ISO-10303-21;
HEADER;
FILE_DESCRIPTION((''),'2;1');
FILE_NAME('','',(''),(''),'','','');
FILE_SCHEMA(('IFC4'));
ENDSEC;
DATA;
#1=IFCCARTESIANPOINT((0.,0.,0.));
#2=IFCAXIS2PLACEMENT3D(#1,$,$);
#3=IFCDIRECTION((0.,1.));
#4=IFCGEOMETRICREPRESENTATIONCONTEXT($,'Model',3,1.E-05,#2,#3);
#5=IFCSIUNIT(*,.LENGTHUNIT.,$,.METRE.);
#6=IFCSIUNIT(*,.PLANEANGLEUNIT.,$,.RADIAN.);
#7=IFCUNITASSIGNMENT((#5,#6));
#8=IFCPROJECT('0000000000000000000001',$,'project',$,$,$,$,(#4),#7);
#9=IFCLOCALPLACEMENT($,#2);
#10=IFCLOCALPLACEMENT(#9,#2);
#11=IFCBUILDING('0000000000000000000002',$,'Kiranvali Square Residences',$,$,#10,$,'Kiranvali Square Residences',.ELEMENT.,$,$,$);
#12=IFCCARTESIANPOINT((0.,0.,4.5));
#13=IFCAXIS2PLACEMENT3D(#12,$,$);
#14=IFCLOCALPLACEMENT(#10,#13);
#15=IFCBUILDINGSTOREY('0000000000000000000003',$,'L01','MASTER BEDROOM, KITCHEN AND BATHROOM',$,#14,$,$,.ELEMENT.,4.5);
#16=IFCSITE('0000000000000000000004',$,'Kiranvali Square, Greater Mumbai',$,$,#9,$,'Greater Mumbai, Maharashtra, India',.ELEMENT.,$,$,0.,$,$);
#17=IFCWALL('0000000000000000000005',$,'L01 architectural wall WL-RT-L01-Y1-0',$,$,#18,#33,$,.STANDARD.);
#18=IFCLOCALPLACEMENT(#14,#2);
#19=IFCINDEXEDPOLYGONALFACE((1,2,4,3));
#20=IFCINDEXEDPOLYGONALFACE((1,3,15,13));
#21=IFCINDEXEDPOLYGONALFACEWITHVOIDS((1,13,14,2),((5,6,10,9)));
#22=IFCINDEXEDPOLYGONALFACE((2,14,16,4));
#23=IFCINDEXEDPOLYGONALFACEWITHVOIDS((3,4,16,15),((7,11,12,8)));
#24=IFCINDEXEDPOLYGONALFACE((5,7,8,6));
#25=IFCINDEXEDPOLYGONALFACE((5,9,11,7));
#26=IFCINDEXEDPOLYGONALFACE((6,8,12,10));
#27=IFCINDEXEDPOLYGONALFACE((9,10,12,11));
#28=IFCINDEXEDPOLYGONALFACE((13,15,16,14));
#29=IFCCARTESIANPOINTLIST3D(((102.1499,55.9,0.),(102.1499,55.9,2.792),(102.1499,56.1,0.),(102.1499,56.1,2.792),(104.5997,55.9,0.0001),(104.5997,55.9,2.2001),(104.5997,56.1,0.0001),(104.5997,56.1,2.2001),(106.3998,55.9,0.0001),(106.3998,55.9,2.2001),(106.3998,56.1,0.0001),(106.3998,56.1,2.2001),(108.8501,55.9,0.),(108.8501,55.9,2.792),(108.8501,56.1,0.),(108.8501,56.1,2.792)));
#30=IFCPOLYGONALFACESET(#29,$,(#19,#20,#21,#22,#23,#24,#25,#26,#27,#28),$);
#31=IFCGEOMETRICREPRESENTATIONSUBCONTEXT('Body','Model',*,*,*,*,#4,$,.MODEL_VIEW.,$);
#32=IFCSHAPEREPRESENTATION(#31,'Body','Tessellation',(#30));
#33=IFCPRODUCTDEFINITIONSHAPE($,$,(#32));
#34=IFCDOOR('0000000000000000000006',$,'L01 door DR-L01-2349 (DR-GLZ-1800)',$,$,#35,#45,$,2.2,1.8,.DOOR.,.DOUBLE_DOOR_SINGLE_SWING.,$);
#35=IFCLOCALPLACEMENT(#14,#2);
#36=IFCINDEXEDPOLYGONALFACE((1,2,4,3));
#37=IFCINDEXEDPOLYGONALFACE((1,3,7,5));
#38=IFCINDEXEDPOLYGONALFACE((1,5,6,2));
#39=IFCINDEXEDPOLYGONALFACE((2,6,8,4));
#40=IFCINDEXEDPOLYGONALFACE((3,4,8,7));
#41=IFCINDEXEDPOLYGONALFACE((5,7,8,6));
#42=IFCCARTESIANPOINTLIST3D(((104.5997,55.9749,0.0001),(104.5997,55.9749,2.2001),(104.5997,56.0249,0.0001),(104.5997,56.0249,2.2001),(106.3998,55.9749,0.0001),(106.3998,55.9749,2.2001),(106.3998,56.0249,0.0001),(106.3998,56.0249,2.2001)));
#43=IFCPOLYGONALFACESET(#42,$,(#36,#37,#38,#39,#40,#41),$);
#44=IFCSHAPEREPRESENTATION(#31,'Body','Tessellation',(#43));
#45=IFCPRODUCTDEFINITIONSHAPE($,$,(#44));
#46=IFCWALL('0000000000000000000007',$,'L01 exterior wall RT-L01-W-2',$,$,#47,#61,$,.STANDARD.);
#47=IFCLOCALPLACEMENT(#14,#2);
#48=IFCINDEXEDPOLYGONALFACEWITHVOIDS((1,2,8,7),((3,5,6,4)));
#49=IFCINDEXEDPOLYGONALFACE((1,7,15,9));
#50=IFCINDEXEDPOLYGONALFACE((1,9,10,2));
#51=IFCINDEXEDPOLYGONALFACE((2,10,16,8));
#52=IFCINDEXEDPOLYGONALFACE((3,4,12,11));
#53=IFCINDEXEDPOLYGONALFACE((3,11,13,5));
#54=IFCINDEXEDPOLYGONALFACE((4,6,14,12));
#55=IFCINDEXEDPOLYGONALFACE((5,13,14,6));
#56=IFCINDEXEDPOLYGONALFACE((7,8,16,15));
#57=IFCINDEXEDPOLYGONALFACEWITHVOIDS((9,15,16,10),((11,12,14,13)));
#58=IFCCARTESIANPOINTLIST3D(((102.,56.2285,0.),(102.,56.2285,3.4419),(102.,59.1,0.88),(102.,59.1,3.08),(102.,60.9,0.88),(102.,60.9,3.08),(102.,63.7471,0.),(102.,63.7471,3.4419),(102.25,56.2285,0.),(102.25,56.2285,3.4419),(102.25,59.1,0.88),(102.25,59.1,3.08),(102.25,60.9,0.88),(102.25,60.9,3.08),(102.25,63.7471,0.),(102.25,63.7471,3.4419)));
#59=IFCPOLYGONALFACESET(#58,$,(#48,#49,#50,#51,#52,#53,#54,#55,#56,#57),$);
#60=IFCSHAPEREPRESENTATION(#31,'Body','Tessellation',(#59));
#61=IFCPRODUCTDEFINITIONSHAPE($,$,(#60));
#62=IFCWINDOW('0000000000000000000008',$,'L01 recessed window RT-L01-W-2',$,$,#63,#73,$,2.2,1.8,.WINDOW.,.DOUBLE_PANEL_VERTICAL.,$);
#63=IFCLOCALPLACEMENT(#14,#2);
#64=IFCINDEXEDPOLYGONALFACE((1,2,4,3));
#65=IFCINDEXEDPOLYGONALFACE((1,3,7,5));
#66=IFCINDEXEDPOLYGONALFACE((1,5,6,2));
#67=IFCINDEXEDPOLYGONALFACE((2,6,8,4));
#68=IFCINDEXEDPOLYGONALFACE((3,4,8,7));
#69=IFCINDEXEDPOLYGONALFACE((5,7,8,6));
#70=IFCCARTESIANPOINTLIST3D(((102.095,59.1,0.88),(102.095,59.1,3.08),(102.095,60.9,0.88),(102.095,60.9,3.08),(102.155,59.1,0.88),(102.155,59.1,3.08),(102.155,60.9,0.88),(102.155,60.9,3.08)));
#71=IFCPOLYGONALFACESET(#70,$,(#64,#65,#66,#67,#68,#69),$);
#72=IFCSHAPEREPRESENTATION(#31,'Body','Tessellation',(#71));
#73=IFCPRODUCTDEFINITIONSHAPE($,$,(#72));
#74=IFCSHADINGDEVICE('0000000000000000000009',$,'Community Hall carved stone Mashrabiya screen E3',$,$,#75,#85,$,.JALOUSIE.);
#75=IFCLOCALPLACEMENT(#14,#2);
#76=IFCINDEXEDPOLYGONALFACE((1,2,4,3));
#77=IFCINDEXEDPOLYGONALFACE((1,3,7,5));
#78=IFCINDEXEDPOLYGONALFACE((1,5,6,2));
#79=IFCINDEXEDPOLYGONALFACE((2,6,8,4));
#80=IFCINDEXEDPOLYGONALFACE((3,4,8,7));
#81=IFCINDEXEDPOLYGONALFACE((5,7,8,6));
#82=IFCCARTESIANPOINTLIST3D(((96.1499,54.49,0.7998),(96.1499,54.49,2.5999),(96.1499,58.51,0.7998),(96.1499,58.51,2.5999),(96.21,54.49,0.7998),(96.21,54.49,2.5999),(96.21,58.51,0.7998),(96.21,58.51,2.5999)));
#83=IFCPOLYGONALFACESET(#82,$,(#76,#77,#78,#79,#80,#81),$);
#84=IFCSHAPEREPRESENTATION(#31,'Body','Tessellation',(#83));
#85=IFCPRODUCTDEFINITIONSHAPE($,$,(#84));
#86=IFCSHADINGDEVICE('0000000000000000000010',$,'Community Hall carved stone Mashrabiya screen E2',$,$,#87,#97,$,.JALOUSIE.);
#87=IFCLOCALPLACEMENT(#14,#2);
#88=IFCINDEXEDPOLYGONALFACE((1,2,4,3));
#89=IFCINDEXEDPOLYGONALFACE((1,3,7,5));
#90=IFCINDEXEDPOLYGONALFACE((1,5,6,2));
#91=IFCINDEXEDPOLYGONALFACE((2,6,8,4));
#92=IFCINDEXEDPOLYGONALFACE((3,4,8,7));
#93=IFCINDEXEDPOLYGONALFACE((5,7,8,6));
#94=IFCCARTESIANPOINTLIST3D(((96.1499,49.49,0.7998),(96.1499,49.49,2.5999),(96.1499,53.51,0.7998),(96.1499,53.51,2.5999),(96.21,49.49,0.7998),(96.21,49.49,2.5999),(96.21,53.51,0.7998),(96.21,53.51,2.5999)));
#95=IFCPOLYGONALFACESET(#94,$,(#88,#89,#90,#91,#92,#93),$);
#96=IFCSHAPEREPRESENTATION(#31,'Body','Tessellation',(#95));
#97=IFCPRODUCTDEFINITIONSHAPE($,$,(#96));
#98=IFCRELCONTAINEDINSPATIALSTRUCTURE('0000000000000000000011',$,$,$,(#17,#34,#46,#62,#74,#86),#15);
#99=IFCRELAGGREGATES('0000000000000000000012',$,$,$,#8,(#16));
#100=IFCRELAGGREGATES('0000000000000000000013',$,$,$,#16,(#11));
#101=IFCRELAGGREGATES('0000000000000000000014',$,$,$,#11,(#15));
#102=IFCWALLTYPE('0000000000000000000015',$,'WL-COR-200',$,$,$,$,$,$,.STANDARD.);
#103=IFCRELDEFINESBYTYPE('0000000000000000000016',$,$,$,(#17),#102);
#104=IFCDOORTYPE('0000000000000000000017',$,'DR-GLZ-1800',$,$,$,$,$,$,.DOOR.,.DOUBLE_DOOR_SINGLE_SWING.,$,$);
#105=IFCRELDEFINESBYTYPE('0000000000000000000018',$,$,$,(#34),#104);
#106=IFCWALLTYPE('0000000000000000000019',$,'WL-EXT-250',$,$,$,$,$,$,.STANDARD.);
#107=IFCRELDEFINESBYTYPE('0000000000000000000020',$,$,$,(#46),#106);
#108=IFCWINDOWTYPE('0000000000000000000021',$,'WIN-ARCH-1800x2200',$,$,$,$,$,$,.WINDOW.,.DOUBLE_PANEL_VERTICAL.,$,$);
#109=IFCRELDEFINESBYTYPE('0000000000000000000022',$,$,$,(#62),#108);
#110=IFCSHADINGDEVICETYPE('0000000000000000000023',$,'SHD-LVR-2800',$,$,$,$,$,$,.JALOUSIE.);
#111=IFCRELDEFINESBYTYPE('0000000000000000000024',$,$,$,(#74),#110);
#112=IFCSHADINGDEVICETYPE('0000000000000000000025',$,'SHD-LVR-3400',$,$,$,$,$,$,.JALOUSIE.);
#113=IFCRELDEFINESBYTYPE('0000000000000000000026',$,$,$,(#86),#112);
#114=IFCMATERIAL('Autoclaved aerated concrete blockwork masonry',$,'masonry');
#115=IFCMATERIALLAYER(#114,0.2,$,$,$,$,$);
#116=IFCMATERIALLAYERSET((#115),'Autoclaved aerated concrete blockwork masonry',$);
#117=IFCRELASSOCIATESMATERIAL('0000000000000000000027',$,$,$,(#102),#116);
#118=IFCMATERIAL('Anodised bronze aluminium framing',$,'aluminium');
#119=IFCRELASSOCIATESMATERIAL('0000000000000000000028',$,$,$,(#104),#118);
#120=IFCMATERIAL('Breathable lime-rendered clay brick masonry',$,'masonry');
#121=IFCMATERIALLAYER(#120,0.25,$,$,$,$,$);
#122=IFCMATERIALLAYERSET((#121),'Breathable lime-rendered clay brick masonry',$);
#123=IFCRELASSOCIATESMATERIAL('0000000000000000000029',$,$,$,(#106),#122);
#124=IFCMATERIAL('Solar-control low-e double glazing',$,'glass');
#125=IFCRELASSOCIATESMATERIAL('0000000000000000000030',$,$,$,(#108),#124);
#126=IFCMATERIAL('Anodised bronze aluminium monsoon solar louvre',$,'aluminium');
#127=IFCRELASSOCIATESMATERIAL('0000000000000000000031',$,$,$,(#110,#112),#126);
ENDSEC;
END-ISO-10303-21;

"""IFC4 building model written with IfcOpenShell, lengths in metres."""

from ifc_helpers import new_model, si_unit, direction, frame, frame_2d, origin, origin_2d, place, context, subcontext, project, spatial, rectangle, extrude, material, layer, layer_set, type_object, element, fill, save


model = new_model("IFC4")

# Units and contexts
model_context = context("Model", 3, precision=1e-05, world=origin(), true_north=direction((0.0, 1.0)))
body_context = subcontext(model_context, "Body", "Model", "MODEL_VIEW")
ifc_project = project(units=[si_unit("LENGTHUNIT", "METRE"), si_unit("PLANEANGLEUNIT", "RADIAN")], contexts=[model_context])

# Site, building, storey
site_placement = place(None, origin())
site = spatial("IfcSite", under=ifc_project, at=site_placement, Name="Kiranvali Square, Greater Mumbai", LongName="Greater Mumbai, Maharashtra, India", CompositionType="ELEMENT", RefElevation=0.0)
building_placement = place(site_placement, origin())
building = spatial("IfcBuilding", under=site, at=building_placement, Name="Kiranvali Square Residences", LongName="Kiranvali Square Residences", CompositionType="ELEMENT")
storey_placement = place(building_placement, frame((0.0, 0.0, 4.5)))
storey = spatial("IfcBuildingStorey", under=building, at=storey_placement, Name="L01", Description="MASTER BEDROOM, KITCHEN AND BATHROOM", CompositionType="ELEMENT", Elevation=4.5)

# Shared definitions
ifc_material_1 = material(Name="Anodised bronze aluminium framing", Category="aluminium")

# Shared definitions
ifc_material_2 = material(Name="Solar-control low-e double glazing", Category="glass")

# Wall, opening, door
ifc_material_3 = material(Name="Autoclaved aerated concrete blockwork masonry", Category="masonry")
ifc_layer_1 = layer(ifc_material_3, 0.2)
ifc_layer_set_1 = layer_set([ifc_layer_1], Name="Autoclaved aerated concrete blockwork masonry")
wall_type_1 = type_object("IfcWallType", Name="WL-COR-200", PredefinedType="STANDARD", material=ifc_layer_set_1)
wall_1_placement = place(storey_placement, frame((102.1499, 56.0, 0.0), z_axis=(0.0, 0.0, 1.0), x_axis=(1.0, 0.0, 0.0)))
wall_1 = element("IfcWall", 1, at=wall_1_placement, inside=storey, type_object=wall_type_1, Name="L01 architectural wall WL-RT-L01-Y1-0", PredefinedType="STANDARD", context=body_context, shape_type="SweptSolid", body=[
    extrude(rectangle(XDim=6.7002, YDim=0.2, at=frame_2d((3.3501, 0.0))), origin(), (0.0, 0.0, 1.0), 2.792),
])
opening_1_placement = place(wall_1_placement, frame((2.45, 0.0, 0.0)))
opening_1 = element("IfcOpeningElement", 2, at=opening_1_placement, cuts=wall_1, PredefinedType="OPENING", context=body_context, shape_type="SweptSolid", body=[
    extrude(rectangle(XDim=1.8, YDim=2.2, at=frame_2d((0.8999, 1.1001))), frame((0.0, 0.1099, 0.0), z_axis=(0.0, -1.0, 0.0), x_axis=(1.0, 0.0, 0.0)), (0.0, 0.0, 1.0), 0.22),
])
door_type = type_object("IfcDoorType", Name="DR-GLZ-1800", OperationType="DOUBLE_DOOR_SINGLE_SWING", PredefinedType="DOOR", material=ifc_material_1)
door_placement = place(opening_1_placement, origin())
door = element("IfcDoor", 3, at=door_placement, inside=storey, type_object=door_type, Name="L01 door DR-L01-2349 (DR-GLZ-1800)", OperationType="DOUBLE_DOOR_SINGLE_SWING", OverallHeight=2.2, OverallWidth=1.8, PredefinedType="DOOR", context=body_context, shape_type="SweptSolid", body=[
    extrude(rectangle(XDim=1.8, YDim=2.2, at=frame_2d((0.8999, 1.1001))), frame((0.0, 0.0249, 0.0), z_axis=(0.0, -1.0, 0.0), x_axis=(1.0, 0.0, 0.0)), (0.0, 0.0, 1.0), 0.05),
])
fill(opening_1, door)

# Wall, opening, window
ifc_material_4 = material(Name="Breathable lime-rendered clay brick masonry", Category="masonry")
ifc_layer_2 = layer(ifc_material_4, 0.25)
ifc_layer_set_2 = layer_set([ifc_layer_2], Name="Breathable lime-rendered clay brick masonry")
wall_type_2 = type_object("IfcWallType", Name="WL-EXT-250", PredefinedType="STANDARD", material=ifc_layer_set_2)
wall_2_placement = place(storey_placement, frame((102.125, 56.2285, 0.0), z_axis=(0.0, 0.0, 1.0), x_axis=(0.0, 1.0, 0.0)))
wall_2 = element("IfcWall", 4, at=wall_2_placement, inside=storey, type_object=wall_type_2, Name="L01 exterior wall RT-L01-W-2", PredefinedType="STANDARD", context=body_context, shape_type="SweptSolid", body=[
    extrude(rectangle(XDim=7.5186, YDim=0.25, at=frame_2d((3.7593, 0.0))), origin(), (0.0, 0.0, 1.0), 3.4419),
])
opening_2_placement = place(wall_2_placement, frame((2.8716, 0.0, 0.8799)))
opening_2 = element("IfcOpeningElement", 5, at=opening_2_placement, cuts=wall_2, PredefinedType="OPENING", context=body_context, shape_type="SweptSolid", body=[
    extrude(rectangle(XDim=1.8, YDim=2.2, at=frame_2d((0.8999, 1.1001))), frame((0.0, 0.135, 0.0), z_axis=(0.0, -1.0, 0.0), x_axis=(1.0, 0.0, 0.0)), (0.0, 0.0, 1.0), 0.27),
])
window_type = type_object("IfcWindowType", Name="WIN-ARCH-1800x2200", PartitioningType="DOUBLE_PANEL_VERTICAL", PredefinedType="WINDOW", material=ifc_material_2)
window_placement = place(opening_2_placement, origin())
window = element("IfcWindow", 6, at=window_placement, inside=storey, type_object=window_type, Name="L01 recessed window RT-L01-W-2", OverallHeight=2.2, OverallWidth=1.8, PartitioningType="DOUBLE_PANEL_VERTICAL", PredefinedType="WINDOW", context=body_context, shape_type="SweptSolid", body=[
    extrude(rectangle(XDim=1.8, YDim=2.2, at=frame_2d((0.8999, 1.1001))), frame((0.0, 0.03, 0.0), z_axis=(0.0, -1.0, 0.0), x_axis=(1.0, 0.0, 0.0)), (0.0, 0.0, 1.0), 0.0601),
])
fill(opening_2, window)

# Shading devices
ifc_material_5 = material(Name="Anodised bronze aluminium monsoon solar louvre", Category="aluminium")
shading_device_type_1 = type_object("IfcShadingDeviceType", Name="SHD-LVR-2800", PredefinedType="JALOUSIE", material=ifc_material_5)
shading_device_1_placement = place(storey_placement, frame((96.1799, 56.5, 0.7998), z_axis=(0.0, 0.0, 1.0), x_axis=(1.0, 0.0, 0.0)))
element("IfcShadingDevice", 7, at=shading_device_1_placement, inside=storey, type_object=shading_device_type_1, Name="Community Hall carved stone Mashrabiya screen E3", PredefinedType="JALOUSIE", context=body_context, shape_type="SweptSolid", body=[
    extrude(rectangle(XDim=0.0601, YDim=4.02, at=origin_2d()), origin(), (0.0, 0.0, 1.0), 1.8),
])
shading_device_type_2 = type_object("IfcShadingDeviceType", Name="SHD-LVR-3400", PredefinedType="JALOUSIE", material=ifc_material_5)
shading_device_2_placement = place(storey_placement, frame((96.1799, 51.5, 0.7998), z_axis=(0.0, 0.0, 1.0), x_axis=(1.0, 0.0, 0.0)))
element("IfcShadingDevice", 8, at=shading_device_2_placement, inside=storey, type_object=shading_device_type_2, Name="Community Hall carved stone Mashrabiya screen E2", PredefinedType="JALOUSIE", context=body_context, shape_type="SweptSolid", body=[
    extrude(rectangle(XDim=0.0601, YDim=4.02, at=origin_2d()), origin(), (0.0, 0.0, 1.0), 1.8),
])

save(model, "model.ifc")
